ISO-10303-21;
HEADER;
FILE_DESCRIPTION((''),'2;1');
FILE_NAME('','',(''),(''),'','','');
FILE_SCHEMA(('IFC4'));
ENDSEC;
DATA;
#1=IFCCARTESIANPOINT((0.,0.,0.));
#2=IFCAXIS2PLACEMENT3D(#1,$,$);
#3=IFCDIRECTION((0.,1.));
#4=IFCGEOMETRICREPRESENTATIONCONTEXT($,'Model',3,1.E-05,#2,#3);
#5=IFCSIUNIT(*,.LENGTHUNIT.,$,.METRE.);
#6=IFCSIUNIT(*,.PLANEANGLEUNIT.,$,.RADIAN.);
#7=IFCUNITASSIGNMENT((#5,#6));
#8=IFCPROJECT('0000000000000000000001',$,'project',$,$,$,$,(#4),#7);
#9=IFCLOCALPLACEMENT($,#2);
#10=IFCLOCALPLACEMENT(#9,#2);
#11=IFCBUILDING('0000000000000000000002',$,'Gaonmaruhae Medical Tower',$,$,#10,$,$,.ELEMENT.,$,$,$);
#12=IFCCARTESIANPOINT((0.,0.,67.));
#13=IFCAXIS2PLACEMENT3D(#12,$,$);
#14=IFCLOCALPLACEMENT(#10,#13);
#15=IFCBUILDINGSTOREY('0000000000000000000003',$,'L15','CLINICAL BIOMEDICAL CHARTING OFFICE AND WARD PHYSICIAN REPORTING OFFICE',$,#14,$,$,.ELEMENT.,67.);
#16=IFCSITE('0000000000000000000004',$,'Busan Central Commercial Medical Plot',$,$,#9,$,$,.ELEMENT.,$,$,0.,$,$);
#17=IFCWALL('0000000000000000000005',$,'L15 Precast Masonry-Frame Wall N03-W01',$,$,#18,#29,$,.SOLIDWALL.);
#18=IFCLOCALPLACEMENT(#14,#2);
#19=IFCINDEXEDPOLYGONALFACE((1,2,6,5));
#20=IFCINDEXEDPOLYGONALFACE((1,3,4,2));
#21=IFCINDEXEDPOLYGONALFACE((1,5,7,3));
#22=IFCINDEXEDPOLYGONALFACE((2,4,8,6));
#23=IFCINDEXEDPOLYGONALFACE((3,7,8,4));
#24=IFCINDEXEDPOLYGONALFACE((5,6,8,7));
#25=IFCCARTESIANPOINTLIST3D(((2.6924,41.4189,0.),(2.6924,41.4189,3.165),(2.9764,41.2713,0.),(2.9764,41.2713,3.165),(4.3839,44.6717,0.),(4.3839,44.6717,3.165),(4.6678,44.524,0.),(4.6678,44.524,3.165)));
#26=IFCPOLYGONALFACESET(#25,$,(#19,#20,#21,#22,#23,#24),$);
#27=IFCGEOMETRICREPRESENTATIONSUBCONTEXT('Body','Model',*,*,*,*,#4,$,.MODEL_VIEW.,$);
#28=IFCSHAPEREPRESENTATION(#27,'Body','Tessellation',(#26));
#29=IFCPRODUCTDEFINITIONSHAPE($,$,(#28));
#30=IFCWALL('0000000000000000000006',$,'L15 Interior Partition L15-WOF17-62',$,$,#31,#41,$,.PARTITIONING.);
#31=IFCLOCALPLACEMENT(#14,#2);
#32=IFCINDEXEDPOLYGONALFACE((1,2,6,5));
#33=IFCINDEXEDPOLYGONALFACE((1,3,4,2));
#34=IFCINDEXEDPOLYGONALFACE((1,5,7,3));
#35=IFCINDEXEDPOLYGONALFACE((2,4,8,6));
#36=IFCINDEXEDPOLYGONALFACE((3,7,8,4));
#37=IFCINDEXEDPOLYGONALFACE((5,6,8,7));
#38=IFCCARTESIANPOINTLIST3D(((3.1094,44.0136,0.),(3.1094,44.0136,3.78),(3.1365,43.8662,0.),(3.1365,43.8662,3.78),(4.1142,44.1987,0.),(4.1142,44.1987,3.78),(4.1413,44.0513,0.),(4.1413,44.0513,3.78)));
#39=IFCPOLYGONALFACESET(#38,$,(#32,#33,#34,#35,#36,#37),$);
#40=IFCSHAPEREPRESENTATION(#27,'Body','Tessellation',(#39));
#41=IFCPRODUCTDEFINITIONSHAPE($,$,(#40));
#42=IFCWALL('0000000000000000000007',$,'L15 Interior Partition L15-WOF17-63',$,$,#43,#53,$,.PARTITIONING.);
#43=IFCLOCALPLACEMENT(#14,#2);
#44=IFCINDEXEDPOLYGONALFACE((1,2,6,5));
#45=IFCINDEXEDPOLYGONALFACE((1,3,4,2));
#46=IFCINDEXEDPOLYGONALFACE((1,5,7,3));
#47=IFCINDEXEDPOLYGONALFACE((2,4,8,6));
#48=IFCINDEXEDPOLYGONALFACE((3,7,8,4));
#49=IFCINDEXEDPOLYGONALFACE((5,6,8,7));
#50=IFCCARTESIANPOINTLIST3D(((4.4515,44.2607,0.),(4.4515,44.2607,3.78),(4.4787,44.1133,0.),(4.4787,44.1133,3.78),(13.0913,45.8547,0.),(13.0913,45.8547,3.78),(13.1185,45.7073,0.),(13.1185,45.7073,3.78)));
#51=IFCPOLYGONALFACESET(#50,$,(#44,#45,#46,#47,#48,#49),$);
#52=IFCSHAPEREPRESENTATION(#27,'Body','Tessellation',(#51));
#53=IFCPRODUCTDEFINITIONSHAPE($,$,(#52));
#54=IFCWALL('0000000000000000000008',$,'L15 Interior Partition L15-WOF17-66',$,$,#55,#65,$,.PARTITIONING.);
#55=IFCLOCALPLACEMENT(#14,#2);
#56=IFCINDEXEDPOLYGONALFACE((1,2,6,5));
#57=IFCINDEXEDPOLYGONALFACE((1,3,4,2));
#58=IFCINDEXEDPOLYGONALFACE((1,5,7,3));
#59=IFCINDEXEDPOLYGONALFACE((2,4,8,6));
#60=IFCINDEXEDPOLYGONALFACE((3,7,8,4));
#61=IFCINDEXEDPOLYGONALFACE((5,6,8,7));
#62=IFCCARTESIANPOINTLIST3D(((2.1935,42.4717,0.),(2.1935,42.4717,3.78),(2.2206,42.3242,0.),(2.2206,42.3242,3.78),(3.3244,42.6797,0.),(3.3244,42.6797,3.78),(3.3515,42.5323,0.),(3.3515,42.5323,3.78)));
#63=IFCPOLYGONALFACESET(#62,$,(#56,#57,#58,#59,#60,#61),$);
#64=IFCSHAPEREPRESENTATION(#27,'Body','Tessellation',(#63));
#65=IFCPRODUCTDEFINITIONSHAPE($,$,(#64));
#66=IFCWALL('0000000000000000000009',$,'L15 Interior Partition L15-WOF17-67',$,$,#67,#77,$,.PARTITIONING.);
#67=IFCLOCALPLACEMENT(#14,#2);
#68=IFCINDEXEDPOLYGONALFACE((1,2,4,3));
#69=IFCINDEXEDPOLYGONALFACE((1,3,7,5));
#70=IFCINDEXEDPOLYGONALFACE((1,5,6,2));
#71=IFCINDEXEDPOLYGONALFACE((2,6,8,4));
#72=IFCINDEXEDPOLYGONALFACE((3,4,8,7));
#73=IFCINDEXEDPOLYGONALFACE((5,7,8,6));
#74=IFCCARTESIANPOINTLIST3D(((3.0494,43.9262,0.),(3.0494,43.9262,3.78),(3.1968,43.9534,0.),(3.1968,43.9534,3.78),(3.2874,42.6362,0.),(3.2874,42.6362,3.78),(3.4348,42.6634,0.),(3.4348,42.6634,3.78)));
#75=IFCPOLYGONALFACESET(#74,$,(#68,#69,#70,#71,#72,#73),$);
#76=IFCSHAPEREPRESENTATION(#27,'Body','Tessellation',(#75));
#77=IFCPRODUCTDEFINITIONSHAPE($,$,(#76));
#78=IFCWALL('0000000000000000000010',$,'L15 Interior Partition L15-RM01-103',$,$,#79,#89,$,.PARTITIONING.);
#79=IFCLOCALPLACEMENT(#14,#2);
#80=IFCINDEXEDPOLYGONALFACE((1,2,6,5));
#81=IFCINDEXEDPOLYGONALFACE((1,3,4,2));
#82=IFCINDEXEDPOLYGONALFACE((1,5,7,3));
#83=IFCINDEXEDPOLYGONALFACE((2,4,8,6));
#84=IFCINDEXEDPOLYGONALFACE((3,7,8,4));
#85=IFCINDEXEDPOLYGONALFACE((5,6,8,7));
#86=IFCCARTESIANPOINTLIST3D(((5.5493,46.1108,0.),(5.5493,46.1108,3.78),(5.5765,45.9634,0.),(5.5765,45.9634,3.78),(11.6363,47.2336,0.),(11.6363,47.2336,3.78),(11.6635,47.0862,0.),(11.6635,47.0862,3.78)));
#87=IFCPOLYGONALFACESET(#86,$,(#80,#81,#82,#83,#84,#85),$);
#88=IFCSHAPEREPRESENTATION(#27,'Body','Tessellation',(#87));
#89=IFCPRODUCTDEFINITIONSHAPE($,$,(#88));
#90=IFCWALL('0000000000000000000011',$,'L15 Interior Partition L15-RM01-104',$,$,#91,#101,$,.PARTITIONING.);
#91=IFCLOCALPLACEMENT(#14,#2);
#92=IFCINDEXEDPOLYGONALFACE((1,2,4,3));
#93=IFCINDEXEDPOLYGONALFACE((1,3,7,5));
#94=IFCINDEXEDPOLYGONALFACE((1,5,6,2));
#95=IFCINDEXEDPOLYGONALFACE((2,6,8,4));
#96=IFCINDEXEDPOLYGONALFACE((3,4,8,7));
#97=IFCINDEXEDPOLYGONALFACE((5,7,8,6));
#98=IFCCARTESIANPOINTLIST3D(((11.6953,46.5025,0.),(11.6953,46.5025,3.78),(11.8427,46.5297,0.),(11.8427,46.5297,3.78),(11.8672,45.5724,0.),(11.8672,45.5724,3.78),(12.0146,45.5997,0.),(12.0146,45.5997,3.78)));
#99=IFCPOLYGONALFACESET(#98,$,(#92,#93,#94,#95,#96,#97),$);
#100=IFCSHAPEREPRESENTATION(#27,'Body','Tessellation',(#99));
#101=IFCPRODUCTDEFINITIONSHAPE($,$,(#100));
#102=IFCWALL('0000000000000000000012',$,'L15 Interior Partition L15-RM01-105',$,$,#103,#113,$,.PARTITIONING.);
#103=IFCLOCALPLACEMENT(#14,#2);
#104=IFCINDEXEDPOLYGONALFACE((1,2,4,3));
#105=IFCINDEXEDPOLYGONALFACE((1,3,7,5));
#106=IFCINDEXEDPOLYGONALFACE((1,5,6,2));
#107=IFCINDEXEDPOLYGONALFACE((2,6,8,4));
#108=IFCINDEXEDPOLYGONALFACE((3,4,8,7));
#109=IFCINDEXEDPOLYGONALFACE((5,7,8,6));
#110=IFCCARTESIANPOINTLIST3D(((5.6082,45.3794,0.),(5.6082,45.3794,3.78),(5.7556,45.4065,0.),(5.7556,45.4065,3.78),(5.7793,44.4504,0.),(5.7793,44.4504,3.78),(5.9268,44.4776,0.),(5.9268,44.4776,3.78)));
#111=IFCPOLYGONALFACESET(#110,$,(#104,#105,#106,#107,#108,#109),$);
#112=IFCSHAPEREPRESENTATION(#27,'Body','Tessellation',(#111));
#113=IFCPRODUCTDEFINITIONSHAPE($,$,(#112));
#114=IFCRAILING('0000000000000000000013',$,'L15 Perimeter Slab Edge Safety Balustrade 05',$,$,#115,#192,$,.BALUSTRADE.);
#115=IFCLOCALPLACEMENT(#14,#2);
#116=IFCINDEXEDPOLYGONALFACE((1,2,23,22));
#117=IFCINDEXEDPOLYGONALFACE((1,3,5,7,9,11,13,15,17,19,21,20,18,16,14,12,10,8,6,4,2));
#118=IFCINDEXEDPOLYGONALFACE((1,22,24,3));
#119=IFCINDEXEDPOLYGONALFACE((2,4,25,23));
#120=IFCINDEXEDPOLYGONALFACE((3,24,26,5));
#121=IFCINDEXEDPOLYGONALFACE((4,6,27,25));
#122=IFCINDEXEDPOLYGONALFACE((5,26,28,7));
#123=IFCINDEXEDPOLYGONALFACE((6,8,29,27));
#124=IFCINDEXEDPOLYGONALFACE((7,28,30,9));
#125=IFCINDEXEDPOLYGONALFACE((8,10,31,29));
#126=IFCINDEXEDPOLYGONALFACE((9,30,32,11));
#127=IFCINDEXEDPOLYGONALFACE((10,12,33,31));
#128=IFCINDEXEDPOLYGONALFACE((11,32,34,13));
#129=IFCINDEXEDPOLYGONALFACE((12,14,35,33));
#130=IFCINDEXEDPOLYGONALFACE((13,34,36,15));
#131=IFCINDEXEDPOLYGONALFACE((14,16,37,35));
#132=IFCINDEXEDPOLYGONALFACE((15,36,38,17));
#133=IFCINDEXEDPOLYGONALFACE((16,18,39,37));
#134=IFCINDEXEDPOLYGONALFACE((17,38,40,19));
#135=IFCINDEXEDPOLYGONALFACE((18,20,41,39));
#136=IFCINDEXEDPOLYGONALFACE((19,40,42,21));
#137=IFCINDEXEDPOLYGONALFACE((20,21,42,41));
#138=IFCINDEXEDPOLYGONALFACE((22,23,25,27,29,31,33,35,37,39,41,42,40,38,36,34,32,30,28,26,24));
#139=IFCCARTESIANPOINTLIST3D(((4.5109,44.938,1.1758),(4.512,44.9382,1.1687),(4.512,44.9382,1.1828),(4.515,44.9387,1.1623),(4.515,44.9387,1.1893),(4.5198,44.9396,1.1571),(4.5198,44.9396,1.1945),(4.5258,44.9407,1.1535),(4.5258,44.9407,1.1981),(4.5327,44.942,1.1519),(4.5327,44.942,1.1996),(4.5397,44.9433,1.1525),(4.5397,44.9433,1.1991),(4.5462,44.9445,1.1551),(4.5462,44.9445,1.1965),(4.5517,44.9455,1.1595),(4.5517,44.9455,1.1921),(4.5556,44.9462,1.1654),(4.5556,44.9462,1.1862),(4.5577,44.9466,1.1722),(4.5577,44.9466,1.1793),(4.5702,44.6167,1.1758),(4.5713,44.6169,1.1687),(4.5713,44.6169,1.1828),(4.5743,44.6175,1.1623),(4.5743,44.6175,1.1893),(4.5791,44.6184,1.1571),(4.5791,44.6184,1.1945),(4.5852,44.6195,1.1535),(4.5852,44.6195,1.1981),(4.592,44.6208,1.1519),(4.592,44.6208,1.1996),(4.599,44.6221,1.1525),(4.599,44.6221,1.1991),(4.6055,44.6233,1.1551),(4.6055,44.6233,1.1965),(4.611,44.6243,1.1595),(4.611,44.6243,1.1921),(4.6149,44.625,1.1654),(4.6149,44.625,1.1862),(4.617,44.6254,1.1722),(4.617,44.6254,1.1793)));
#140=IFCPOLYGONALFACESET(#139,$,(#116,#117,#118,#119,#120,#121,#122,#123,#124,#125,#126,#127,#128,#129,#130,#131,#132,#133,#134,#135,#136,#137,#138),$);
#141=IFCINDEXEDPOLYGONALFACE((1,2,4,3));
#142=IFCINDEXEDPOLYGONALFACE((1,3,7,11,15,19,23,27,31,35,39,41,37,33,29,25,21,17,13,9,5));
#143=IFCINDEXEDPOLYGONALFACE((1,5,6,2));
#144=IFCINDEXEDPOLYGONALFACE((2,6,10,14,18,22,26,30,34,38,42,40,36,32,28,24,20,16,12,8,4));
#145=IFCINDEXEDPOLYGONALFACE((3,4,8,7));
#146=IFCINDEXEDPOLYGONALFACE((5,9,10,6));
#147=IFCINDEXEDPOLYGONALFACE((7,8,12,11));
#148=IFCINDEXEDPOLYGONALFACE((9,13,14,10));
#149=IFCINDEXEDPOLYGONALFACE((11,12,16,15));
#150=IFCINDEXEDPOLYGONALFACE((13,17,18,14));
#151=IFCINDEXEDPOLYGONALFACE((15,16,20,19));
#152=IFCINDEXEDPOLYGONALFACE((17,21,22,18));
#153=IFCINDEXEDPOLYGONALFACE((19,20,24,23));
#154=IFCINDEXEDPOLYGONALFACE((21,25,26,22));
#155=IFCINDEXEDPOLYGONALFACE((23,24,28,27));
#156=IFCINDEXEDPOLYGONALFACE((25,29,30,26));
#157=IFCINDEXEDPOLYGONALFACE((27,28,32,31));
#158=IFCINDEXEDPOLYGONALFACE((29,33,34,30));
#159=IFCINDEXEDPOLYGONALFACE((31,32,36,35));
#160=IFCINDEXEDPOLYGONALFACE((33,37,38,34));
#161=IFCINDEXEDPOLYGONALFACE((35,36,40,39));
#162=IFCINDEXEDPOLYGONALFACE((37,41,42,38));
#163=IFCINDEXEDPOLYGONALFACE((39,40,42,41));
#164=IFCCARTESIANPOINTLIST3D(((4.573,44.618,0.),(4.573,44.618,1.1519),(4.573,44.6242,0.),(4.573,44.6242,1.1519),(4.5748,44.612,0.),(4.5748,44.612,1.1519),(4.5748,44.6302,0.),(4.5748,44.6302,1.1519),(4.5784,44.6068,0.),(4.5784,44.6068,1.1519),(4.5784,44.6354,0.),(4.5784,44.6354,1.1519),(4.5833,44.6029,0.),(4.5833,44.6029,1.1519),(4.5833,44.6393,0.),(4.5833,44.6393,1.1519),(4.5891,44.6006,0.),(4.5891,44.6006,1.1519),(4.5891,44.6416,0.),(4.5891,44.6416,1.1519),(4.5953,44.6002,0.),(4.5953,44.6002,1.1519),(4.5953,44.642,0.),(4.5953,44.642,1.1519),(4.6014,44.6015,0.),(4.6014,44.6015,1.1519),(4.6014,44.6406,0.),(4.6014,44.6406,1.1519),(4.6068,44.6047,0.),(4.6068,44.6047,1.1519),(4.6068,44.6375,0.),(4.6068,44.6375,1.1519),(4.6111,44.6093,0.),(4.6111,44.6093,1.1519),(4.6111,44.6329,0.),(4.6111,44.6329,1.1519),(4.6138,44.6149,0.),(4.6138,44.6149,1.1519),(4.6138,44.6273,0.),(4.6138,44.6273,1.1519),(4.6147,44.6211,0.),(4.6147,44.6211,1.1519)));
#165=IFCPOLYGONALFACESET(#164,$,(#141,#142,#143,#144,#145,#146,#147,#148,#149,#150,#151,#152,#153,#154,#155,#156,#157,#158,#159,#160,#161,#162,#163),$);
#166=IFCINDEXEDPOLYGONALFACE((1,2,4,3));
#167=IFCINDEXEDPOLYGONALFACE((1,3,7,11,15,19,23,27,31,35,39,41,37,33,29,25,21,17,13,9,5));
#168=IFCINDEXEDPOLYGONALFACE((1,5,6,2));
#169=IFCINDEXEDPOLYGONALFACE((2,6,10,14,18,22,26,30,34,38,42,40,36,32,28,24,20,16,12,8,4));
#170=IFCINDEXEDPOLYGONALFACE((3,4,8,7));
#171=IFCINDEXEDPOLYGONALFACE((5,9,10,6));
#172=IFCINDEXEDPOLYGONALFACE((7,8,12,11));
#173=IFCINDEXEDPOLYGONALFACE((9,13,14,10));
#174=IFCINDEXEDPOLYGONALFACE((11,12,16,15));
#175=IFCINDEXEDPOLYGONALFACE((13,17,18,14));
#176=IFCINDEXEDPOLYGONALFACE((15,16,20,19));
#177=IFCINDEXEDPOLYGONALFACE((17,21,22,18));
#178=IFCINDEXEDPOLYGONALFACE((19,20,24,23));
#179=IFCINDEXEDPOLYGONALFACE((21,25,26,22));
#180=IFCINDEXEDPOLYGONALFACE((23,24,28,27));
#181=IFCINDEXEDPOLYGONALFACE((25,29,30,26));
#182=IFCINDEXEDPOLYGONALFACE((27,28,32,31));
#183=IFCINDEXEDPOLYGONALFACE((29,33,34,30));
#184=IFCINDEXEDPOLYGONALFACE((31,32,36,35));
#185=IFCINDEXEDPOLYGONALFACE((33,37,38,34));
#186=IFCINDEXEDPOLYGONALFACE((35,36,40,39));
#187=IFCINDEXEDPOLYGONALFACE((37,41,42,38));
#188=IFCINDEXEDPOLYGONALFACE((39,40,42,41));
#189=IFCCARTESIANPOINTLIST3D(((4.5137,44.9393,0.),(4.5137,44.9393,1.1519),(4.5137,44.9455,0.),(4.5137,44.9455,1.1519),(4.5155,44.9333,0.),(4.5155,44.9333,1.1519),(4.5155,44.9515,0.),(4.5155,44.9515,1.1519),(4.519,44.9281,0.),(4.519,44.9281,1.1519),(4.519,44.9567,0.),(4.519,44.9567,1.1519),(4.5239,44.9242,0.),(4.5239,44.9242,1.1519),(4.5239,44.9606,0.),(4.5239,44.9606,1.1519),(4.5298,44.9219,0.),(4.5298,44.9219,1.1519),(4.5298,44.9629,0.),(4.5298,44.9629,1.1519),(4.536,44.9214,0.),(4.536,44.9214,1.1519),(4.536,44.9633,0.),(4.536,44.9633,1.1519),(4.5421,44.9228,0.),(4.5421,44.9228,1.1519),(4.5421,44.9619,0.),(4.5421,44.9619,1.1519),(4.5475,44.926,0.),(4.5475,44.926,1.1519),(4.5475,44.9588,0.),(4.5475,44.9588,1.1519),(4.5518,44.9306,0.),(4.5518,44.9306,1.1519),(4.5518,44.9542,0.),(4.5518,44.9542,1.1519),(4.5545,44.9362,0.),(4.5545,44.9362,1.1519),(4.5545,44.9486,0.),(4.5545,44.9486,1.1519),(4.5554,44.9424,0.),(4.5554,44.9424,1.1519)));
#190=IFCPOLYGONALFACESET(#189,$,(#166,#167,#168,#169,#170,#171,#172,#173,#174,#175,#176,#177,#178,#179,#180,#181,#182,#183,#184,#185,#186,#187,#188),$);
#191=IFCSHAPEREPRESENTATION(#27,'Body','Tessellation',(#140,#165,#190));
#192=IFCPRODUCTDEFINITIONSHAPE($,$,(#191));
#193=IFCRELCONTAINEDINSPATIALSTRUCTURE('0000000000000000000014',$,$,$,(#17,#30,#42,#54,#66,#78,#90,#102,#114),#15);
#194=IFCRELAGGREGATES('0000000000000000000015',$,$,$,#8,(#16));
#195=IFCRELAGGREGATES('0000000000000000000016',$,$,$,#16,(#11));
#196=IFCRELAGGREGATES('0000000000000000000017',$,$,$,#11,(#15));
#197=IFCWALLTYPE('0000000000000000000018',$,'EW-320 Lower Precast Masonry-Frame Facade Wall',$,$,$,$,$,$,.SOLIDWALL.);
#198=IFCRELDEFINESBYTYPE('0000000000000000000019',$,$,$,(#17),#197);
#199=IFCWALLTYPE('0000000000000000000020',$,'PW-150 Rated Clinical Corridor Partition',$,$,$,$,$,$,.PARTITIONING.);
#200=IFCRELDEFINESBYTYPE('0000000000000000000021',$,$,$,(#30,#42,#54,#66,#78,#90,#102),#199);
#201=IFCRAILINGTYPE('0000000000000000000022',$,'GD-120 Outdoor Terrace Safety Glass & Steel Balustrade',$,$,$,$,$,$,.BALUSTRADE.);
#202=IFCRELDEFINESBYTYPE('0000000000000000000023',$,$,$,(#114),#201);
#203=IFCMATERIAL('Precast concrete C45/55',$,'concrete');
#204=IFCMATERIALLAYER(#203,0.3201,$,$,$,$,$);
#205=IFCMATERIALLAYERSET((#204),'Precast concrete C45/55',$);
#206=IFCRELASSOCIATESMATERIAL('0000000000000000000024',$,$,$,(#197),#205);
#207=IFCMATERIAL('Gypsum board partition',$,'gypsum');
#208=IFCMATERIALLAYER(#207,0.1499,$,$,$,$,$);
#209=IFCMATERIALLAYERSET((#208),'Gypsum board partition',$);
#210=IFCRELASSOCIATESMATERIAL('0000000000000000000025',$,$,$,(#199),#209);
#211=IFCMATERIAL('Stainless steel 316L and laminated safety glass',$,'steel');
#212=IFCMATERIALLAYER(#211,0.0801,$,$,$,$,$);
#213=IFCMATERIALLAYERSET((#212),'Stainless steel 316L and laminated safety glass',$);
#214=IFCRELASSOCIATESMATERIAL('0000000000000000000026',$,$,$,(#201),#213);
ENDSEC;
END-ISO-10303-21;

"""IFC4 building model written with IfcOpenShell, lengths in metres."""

from ifc_helpers import new_model, si_unit, direction, frame, frame_2d, origin, origin_2d, place, context, subcontext, project, spatial, rectangle, circle, extrude, material, layer, layer_set, type_object, element, save


model = new_model("IFC4")

# Units and contexts
model_context = context("Model", 3, precision=1e-05, world=origin(), true_north=direction((0.0, 1.0)))
body_context = subcontext(model_context, "Body", "Model", "MODEL_VIEW")
ifc_project = project(units=[si_unit("LENGTHUNIT", "METRE"), si_unit("PLANEANGLEUNIT", "RADIAN")], contexts=[model_context])

# Site, building, storey
site_placement = place(None, origin())
site = spatial("IfcSite", under=ifc_project, at=site_placement, Name="Busan Central Commercial Medical Plot", CompositionType="ELEMENT", RefElevation=0.0)
building_placement = place(site_placement, origin())
building = spatial("IfcBuilding", under=site, at=building_placement, Name="Gaonmaruhae Medical Tower", CompositionType="ELEMENT")
storey_placement = place(building_placement, frame((0.0, 0.0, 67.0)))
storey = spatial("IfcBuildingStorey", under=building, at=storey_placement, Name="L15", Description="CLINICAL BIOMEDICAL CHARTING OFFICE AND WARD PHYSICIAN REPORTING OFFICE", CompositionType="ELEMENT", Elevation=67.0)

# Walls
ifc_material_1 = material(Name="Precast concrete C45/55", Category="concrete")
ifc_layer_1 = layer(ifc_material_1, 0.3201)
ifc_layer_set_1 = layer_set([ifc_layer_1], Name="Precast concrete C45/55")
wall_type_1 = type_object("IfcWallType", Name="EW-320 Lower Precast Masonry-Frame Facade Wall", PredefinedType="SOLIDWALL", material=ifc_layer_set_1)
wall_1_placement = place(storey_placement, frame((2.8345, 41.3452, 0.0), z_axis=(0.0, 0.0, 1.0), x_axis=(0.461355, 0.887216, 0.0)))
element("IfcWall", 1, at=wall_1_placement, inside=storey, type_object=wall_type_1, Name="L15 Precast Masonry-Frame Wall N03-W01", PredefinedType="SOLIDWALL", context=body_context, shape_type="SweptSolid", body=[
    extrude(rectangle(XDim=3.6663, YDim=0.3201, at=frame_2d((1.833, 0.0))), origin(), (0.0, 0.0, 1.0), 3.165),
])
ifc_material_2 = material(Name="Gypsum board partition", Category="gypsum")
ifc_layer_2 = layer(ifc_material_2, 0.1499)
ifc_layer_set_2 = layer_set([ifc_layer_2], Name="Gypsum board partition")
wall_type_2 = type_object("IfcWallType", Name="PW-150 Rated Clinical Corridor Partition", PredefinedType="PARTITIONING", material=ifc_layer_set_2)
wall_2_placement = place(storey_placement, frame((3.123, 43.9399, 0.0), z_axis=(0.0, 0.0, 1.0), x_axis=(0.983462, 0.181114, 0.0)))
element("IfcWall", 2, at=wall_2_placement, inside=storey, type_object=wall_type_2, Name="L15 Interior Partition L15-WOF17-62", PredefinedType="PARTITIONING", context=body_context, shape_type="SweptSolid", body=[
    extrude(rectangle(XDim=1.0217, YDim=0.1499, at=frame_2d((0.5107, 0.0))), origin(), (0.0, 0.0, 1.0), 3.78),
])
wall_3_placement = place(storey_placement, frame((4.4651, 44.187, 0.0), z_axis=(0.0, 0.0, 1.0), x_axis=(0.983404, 0.18143, 0.0)))
element("IfcWall", 3, at=wall_3_placement, inside=storey, type_object=wall_type_2, Name="L15 Interior Partition L15-WOF17-63", PredefinedType="PARTITIONING", context=body_context, shape_type="SweptSolid", body=[
    extrude(rectangle(XDim=8.7856, YDim=0.1499, at=frame_2d((4.3928, 0.0))), origin(), (0.0, 0.0, 1.0), 3.78),
])
wall_4_placement = place(storey_placement, frame((2.207, 42.3979, 0.0), z_axis=(0.0, 0.0, 1.0), x_axis=(0.983501, 0.180903, 0.0)))
element("IfcWall", 4, at=wall_4_placement, inside=storey, type_object=wall_type_2, Name="L15 Interior Partition L15-WOF17-66", PredefinedType="PARTITIONING", context=body_context, shape_type="SweptSolid", body=[
    extrude(rectangle(XDim=1.1499, YDim=0.1499, at=frame_2d((0.575, 0.0))), origin(), (0.0, 0.0, 1.0), 3.78),
])
wall_5_placement = place(storey_placement, frame((3.3611, 42.6499, 0.0), z_axis=(0.0, 0.0, 1.0), x_axis=(-0.181456, 0.983399, 0.0)))
element("IfcWall", 5, at=wall_5_placement, inside=storey, type_object=wall_type_2, Name="L15 Interior Partition L15-WOF17-67", PredefinedType="PARTITIONING", context=body_context, shape_type="SweptSolid", body=[
    extrude(rectangle(XDim=1.3118, YDim=0.1499, at=frame_2d((0.6558, 0.0))), origin(), (0.0, 0.0, 1.0), 3.78),
])
wall_6_placement = place(storey_placement, frame((5.563, 46.0371, 0.0), z_axis=(0.0, 0.0, 1.0), x_axis=(0.983409, 0.181401, 0.0)))
element("IfcWall", 6, at=wall_6_placement, inside=storey, type_object=wall_type_2, Name="L15 Interior Partition L15-RM01-103", PredefinedType="PARTITIONING", context=body_context, shape_type="SweptSolid", body=[
    extrude(rectangle(XDim=6.1897, YDim=0.1499, at=frame_2d((3.0947, 0.0))), origin(), (0.0, 0.0, 1.0), 3.78),
])
wall_7_placement = place(storey_placement, frame((11.769, 46.5161, 0.0), z_axis=(0.0, 0.0, 1.0), x_axis=(0.181701, -0.983354, 0.0)))
element("IfcWall", 7, at=wall_7_placement, inside=storey, type_object=wall_type_2, Name="L15 Interior Partition L15-RM01-104", PredefinedType="PARTITIONING", context=body_context, shape_type="SweptSolid", body=[
    extrude(rectangle(XDim=0.9458, YDim=0.1499, at=frame_2d((0.4729, 0.0))), origin(), (0.0, 0.0, 1.0), 3.78),
])
wall_8_placement = place(storey_placement, frame((5.853, 44.4641, 0.0), z_axis=(0.0, 0.0, 1.0), x_axis=(-0.181182, 0.98345, 0.0)))
element("IfcWall", 8, at=wall_8_placement, inside=storey, type_object=wall_type_2, Name="L15 Interior Partition L15-RM01-105", PredefinedType="PARTITIONING", context=body_context, shape_type="SweptSolid", body=[
    extrude(rectangle(XDim=0.9446, YDim=0.1499, at=frame_2d((0.4722, 0.0))), origin(), (0.0, 0.0, 1.0), 3.78),
])

# Railing
ifc_material_3 = material(Name="Stainless steel 316L and laminated safety glass", Category="steel")
ifc_layer_3 = layer(ifc_material_3, 0.0801)
ifc_layer_set_3 = layer_set([ifc_layer_3], Name="Stainless steel 316L and laminated safety glass")
railing_type = type_object("IfcRailingType", Name="GD-120 Outdoor Terrace Safety Glass & Steel Balustrade", PredefinedType="BALUSTRADE", material=ifc_layer_set_3)
railing_1_placement = place(storey_placement, frame((4.5938, 44.6211, 0.0)))
element("IfcRailing", 9, at=railing_1_placement, inside=storey, type_object=railing_type, Name="L15 Perimeter Slab Edge Safety Balustrade 05", PredefinedType="BALUSTRADE", context=body_context, shape_type="SweptSolid", body=[
    extrude(circle(Radius=0.0239, at=origin_2d()), frame((0.0, 0.0, 1.1758), z_axis=(-0.181581, 0.983376, 0.0), x_axis=(-0.983376, -0.181581, 0.0)), (0.0, 0.0, 1.0), 0.3267),
    extrude(circle(Radius=0.021, at=origin_2d()), origin(), (0.0, 0.0, 1.0), 1.1519),
    extrude(circle(Radius=0.021, at=origin_2d()), frame((-0.0593, 0.3213, 0.0)), (0.0, 0.0, 1.0), 1.1519),
])

save(model, "model.ifc")
